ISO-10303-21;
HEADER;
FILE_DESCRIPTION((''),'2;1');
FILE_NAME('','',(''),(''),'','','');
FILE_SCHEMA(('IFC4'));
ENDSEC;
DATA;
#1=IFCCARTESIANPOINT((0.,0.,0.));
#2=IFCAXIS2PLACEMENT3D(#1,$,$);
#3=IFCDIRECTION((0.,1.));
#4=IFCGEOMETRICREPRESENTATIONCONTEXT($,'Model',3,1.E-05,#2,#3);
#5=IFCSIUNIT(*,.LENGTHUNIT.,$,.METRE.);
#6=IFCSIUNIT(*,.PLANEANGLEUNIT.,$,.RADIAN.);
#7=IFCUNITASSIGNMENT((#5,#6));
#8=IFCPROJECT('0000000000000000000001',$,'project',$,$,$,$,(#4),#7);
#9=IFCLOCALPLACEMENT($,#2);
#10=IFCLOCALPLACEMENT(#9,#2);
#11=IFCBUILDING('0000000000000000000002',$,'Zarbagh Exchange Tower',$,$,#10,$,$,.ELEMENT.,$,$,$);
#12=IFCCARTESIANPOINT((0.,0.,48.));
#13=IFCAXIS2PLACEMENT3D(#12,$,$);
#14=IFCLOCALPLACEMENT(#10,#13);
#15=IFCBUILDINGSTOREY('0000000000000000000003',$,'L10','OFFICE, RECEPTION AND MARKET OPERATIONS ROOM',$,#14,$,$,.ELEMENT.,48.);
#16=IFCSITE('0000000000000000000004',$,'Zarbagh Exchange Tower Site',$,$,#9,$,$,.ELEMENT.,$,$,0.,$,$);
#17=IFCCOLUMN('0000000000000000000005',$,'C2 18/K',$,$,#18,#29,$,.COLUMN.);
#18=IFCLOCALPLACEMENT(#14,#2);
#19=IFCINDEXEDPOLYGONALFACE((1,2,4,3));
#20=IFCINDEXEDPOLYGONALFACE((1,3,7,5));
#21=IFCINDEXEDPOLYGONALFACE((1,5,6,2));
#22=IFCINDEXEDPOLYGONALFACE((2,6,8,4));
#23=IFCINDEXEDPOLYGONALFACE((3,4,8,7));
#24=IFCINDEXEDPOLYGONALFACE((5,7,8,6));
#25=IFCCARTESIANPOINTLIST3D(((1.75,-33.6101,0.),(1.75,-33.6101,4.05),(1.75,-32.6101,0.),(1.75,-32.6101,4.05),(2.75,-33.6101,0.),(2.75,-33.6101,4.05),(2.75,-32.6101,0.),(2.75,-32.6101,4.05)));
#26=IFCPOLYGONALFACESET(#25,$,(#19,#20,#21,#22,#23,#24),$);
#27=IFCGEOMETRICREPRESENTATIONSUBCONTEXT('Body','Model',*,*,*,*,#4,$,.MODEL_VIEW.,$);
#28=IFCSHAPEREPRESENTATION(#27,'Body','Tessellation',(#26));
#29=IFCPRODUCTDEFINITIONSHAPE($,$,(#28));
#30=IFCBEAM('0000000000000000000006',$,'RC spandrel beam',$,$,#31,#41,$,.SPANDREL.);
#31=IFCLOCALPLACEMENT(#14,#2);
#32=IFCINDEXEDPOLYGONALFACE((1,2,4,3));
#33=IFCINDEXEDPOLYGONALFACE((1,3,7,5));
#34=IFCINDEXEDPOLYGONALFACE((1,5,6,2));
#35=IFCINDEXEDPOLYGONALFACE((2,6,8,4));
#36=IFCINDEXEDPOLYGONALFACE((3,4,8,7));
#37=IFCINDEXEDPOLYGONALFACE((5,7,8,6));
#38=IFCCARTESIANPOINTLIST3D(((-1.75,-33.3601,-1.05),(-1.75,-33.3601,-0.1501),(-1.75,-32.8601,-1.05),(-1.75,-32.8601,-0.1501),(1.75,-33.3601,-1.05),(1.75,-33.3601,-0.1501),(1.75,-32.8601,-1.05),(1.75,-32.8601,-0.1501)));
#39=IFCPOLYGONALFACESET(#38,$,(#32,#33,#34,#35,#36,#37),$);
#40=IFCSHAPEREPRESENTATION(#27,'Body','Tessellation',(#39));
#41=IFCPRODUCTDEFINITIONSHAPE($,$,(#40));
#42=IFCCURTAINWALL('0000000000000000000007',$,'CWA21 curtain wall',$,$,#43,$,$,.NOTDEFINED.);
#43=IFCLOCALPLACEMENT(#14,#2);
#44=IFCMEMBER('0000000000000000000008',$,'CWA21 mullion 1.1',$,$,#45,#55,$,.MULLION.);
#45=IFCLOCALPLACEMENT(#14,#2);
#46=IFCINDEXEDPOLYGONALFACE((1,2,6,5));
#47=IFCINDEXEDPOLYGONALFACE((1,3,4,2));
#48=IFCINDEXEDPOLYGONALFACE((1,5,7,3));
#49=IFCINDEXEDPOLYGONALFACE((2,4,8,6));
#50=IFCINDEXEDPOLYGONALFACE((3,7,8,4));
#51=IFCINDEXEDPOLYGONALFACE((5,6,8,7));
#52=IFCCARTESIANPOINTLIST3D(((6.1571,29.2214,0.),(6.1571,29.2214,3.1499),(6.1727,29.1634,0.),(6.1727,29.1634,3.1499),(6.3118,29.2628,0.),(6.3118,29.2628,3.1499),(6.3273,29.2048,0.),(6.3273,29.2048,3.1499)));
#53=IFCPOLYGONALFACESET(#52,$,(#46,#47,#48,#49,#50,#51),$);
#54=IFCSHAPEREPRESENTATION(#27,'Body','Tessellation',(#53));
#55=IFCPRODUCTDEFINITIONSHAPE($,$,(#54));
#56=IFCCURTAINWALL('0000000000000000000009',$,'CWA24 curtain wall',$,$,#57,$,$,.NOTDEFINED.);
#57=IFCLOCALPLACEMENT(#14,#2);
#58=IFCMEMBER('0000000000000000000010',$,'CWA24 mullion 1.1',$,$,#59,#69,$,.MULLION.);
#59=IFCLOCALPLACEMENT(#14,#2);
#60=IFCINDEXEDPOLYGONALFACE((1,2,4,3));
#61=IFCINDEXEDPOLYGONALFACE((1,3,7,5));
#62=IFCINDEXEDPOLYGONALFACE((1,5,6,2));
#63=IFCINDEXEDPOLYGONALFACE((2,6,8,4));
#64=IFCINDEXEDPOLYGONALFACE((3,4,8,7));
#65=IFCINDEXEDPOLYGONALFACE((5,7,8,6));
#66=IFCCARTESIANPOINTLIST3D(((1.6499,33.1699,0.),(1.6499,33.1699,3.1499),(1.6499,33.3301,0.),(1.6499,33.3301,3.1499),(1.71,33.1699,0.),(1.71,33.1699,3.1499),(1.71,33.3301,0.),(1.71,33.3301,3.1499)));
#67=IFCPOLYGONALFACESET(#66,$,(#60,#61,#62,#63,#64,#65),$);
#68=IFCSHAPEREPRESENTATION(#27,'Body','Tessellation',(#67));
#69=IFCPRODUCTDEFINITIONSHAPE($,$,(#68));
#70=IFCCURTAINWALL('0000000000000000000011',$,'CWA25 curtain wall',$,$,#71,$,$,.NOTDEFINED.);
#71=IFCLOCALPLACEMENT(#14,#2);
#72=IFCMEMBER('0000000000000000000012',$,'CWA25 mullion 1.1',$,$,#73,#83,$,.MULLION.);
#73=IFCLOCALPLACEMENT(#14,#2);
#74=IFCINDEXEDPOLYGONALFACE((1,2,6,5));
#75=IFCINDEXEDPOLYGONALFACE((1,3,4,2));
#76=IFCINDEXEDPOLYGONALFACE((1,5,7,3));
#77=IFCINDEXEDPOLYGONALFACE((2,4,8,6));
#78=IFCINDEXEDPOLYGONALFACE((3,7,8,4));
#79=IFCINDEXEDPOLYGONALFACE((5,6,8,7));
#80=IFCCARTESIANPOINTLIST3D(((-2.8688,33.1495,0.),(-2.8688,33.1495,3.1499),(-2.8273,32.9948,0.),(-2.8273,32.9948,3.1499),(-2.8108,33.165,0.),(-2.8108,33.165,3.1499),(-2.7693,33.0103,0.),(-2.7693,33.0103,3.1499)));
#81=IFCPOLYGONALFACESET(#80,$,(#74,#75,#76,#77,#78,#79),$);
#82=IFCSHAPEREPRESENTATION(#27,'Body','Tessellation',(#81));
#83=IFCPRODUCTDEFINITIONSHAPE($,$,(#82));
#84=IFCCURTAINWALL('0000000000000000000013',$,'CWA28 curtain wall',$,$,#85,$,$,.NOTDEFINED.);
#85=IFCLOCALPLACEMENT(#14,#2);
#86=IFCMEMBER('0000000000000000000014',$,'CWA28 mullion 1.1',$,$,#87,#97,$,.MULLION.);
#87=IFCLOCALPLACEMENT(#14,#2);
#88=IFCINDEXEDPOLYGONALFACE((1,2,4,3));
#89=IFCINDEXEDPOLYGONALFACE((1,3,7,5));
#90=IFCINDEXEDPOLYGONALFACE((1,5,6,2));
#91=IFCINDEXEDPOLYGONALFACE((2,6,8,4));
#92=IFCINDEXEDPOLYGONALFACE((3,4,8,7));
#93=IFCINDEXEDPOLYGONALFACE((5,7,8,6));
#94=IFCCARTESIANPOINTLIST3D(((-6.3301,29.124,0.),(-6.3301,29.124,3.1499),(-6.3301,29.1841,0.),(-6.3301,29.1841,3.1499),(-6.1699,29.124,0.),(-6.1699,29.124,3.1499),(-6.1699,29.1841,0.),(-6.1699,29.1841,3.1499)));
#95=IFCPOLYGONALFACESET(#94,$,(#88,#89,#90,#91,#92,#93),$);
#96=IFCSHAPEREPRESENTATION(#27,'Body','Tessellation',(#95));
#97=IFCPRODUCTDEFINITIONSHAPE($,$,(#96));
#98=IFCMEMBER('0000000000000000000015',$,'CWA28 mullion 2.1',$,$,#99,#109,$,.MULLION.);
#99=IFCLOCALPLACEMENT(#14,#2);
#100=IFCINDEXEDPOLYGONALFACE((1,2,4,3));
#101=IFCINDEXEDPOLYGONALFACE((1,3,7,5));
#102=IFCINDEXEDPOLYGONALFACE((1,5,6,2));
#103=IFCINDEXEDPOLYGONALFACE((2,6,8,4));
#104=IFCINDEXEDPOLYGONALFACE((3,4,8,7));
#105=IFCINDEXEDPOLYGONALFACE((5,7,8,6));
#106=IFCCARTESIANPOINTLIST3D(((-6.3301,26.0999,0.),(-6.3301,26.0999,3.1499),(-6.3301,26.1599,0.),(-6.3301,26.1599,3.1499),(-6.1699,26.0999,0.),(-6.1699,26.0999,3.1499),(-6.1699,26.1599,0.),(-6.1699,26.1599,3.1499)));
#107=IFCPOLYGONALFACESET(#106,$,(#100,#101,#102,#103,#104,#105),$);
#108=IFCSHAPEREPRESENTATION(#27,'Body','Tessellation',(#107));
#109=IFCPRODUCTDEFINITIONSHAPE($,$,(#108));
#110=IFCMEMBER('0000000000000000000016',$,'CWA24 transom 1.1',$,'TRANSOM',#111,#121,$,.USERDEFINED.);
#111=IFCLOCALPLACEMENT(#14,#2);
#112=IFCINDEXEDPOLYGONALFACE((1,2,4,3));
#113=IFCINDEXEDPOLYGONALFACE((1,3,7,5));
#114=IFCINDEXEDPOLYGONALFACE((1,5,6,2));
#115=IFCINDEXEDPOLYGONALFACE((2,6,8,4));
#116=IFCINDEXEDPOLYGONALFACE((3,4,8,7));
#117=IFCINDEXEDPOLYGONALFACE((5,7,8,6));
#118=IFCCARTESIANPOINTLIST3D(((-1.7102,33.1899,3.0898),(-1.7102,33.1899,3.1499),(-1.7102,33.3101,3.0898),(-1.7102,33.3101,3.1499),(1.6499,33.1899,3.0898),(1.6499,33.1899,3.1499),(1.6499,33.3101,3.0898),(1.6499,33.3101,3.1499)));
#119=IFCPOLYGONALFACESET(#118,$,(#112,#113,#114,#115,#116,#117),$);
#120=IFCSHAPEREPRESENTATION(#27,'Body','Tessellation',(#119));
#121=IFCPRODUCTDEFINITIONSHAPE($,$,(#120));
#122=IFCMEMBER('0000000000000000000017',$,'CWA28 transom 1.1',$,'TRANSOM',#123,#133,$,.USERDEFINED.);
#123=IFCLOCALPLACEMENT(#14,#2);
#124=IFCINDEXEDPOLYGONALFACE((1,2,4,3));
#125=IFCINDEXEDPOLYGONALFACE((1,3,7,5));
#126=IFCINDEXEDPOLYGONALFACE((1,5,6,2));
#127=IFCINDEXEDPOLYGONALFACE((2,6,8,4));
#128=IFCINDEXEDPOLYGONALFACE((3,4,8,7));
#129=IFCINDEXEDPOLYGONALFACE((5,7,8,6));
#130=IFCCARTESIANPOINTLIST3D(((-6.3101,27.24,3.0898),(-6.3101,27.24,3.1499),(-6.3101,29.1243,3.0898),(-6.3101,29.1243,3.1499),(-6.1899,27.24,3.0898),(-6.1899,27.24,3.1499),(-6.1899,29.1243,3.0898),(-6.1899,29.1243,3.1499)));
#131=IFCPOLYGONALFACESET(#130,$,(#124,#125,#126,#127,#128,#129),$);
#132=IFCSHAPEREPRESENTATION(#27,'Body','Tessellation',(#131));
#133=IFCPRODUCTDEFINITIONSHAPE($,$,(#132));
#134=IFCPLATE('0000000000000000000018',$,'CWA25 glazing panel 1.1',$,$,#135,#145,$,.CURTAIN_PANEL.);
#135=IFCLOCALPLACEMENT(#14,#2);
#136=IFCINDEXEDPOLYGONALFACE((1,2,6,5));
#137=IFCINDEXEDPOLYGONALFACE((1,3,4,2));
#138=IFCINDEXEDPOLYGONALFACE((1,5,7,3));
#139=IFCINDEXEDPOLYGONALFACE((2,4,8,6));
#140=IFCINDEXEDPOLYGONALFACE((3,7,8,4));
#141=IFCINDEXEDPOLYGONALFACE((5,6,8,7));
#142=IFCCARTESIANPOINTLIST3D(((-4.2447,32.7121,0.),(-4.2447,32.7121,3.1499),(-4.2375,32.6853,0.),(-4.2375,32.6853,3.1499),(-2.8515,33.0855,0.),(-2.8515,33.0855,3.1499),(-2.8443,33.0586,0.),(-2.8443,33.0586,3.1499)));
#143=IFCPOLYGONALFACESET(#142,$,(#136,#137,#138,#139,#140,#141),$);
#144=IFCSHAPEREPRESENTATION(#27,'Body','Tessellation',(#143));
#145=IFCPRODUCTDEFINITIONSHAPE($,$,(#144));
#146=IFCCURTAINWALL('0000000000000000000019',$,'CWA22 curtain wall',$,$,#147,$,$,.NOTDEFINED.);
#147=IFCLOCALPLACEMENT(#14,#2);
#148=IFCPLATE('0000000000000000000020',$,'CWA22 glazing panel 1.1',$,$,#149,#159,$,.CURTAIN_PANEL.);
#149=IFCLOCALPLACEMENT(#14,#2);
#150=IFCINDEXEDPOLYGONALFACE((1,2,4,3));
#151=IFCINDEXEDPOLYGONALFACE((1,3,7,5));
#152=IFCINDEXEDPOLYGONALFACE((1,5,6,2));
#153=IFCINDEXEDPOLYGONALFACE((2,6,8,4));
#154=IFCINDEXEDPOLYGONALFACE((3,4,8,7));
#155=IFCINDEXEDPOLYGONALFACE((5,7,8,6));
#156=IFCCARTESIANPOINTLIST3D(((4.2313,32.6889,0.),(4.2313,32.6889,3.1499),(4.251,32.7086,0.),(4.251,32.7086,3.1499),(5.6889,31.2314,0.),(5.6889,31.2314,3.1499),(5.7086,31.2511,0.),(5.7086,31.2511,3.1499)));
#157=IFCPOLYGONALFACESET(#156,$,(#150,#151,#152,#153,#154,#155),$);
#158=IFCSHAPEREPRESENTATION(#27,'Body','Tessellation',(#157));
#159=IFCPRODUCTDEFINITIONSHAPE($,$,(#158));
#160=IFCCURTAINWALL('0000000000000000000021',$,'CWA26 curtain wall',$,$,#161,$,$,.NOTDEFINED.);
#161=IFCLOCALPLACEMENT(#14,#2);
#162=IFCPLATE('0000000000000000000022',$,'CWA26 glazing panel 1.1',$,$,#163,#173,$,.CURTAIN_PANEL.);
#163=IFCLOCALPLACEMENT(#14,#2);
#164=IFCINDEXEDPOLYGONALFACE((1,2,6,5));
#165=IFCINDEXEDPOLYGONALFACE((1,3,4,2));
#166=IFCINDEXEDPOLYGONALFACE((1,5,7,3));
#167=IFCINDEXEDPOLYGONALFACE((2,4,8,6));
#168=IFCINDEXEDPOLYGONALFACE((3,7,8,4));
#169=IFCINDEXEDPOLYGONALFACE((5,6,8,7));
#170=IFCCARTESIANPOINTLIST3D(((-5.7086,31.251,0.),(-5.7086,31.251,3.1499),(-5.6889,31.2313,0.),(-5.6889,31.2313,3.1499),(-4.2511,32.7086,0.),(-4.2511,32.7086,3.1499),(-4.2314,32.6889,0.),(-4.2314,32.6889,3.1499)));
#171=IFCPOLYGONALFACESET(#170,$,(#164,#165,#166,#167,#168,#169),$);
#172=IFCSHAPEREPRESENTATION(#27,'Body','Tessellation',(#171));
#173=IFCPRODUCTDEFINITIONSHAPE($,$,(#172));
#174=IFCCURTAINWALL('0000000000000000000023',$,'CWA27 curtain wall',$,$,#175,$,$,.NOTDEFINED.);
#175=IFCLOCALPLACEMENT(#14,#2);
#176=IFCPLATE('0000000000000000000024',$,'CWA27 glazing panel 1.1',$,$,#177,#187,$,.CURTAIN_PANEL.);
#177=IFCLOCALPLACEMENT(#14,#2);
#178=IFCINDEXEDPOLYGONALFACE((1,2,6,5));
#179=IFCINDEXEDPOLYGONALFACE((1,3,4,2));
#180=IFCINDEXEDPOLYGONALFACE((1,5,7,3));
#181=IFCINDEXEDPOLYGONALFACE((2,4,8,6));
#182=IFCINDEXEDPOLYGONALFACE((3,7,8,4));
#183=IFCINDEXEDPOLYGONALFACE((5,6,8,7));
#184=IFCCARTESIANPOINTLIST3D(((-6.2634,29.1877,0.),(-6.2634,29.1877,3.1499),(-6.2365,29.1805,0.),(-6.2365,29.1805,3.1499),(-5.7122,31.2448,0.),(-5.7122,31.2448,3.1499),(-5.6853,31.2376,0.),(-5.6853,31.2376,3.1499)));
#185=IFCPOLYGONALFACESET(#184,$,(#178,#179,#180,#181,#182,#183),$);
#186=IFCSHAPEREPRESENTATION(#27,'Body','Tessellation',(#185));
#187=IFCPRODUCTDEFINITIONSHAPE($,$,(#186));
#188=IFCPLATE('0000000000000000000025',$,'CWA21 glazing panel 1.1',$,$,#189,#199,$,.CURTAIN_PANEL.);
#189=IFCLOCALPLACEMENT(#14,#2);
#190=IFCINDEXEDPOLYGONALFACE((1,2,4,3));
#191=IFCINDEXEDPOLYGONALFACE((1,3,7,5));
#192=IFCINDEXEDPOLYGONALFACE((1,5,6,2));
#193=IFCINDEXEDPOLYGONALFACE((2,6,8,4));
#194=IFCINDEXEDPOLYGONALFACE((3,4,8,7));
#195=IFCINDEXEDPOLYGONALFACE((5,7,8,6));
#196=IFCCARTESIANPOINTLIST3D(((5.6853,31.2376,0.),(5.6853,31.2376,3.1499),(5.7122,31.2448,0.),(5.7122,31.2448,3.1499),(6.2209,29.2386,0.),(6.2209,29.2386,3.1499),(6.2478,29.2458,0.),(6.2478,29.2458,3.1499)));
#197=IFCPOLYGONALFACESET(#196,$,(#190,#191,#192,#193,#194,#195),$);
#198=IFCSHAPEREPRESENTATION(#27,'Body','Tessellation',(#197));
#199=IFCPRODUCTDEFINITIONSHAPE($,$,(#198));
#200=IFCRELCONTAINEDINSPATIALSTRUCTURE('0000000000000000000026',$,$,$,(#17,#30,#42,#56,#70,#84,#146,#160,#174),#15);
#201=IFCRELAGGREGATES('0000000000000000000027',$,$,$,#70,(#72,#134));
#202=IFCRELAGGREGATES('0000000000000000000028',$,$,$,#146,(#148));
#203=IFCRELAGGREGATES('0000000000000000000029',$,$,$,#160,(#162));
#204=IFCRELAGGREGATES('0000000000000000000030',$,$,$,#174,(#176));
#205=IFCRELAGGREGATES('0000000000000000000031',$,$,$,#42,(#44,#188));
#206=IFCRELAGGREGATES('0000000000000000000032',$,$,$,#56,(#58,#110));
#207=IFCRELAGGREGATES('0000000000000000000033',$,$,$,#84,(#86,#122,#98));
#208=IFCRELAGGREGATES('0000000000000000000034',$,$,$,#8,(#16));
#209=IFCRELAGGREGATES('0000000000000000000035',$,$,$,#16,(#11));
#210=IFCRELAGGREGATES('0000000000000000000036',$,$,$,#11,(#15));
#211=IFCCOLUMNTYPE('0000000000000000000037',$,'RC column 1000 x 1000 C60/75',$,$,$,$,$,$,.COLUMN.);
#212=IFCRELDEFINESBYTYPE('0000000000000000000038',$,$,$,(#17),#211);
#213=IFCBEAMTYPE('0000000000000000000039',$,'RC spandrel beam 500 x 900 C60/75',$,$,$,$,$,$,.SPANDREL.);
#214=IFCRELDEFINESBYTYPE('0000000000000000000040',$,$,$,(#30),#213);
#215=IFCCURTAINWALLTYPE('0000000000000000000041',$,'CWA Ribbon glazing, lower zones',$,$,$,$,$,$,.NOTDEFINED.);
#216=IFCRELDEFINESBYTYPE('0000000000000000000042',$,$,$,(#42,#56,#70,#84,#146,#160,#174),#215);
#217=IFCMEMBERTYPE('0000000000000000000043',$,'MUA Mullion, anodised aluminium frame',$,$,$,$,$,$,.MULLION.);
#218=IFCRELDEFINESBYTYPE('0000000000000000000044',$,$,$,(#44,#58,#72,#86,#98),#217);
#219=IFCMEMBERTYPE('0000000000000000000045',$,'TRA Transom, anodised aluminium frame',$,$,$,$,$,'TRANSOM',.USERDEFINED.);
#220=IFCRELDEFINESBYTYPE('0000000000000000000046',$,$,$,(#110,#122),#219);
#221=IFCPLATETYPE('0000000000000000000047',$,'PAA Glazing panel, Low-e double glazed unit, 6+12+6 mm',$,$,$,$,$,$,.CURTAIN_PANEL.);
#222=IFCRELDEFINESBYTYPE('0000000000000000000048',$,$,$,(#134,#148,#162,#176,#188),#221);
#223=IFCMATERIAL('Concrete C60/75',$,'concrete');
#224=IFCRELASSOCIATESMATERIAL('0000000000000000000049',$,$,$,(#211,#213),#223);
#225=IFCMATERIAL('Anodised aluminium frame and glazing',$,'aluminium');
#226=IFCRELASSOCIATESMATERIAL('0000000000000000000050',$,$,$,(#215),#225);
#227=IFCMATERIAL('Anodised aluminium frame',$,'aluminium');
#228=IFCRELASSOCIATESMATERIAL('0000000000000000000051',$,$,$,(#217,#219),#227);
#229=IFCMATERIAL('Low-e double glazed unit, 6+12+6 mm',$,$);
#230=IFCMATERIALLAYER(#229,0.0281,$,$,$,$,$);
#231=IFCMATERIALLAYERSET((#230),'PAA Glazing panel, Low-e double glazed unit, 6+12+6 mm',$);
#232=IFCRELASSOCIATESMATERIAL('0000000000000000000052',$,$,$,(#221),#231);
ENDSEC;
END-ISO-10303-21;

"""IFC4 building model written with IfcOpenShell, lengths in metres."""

from ifc_helpers import new_model, si_unit, direction, frame, origin, origin_2d, place, context, subcontext, project, spatial, polyline, rectangle, outline, extrude, source, transform, mapped, material, layer, layer_set, material_profile, profile_set, type_object, element, aggregate, save


model = new_model("IFC4")

# Units and contexts
model_context = context("Model", 3, precision=1e-05, world=origin(), true_north=direction((0.0, 1.0)))
body_context = subcontext(model_context, "Body", "Model", "MODEL_VIEW")
ifc_project = project(units=[si_unit("LENGTHUNIT", "METRE"), si_unit("PLANEANGLEUNIT", "RADIAN")], contexts=[model_context])

# Site, building, storey
site_placement = place(None, origin())
site = spatial("IfcSite", under=ifc_project, at=site_placement, Name="Zarbagh Exchange Tower Site", CompositionType="ELEMENT", RefElevation=0.0)
building_placement = place(site_placement, origin())
building = spatial("IfcBuilding", under=site, at=building_placement, Name="Zarbagh Exchange Tower", CompositionType="ELEMENT")
storey_placement = place(building_placement, frame((0.0, 0.0, 48.0)))
storey = spatial("IfcBuildingStorey", under=building, at=storey_placement, Name="L10", Description="OFFICE, RECEPTION AND MARKET OPERATIONS ROOM", CompositionType="ELEMENT", Elevation=48.0)

# Column
ifc_material_1 = material(Name="Concrete C60/75", Category="concrete")
ifc_material_profile_1 = material_profile(ifc_material_1, rectangle(XDim=1.0, YDim=1.0, at=origin_2d()), Name="RC column 1000 x 1000 C60/75")
ifc_profile_set_1 = profile_set([ifc_material_profile_1], Name="Concrete C60/75")
column_type = type_object("IfcColumnType", Name="RC column 1000 x 1000 C60/75", PredefinedType="COLUMN", material=ifc_profile_set_1)
column_placement = place(storey_placement, frame((2.25, -33.1101, 0.0), z_axis=(0.0, 0.0, 1.0), x_axis=(1.0, 0.0, 0.0)))
element("IfcColumn", 1, at=column_placement, inside=storey, type_object=column_type, Name="C2 18/K", PredefinedType="COLUMN", context=body_context, shape_type="SweptSolid", body=[
    extrude(rectangle(XDim=1.0, YDim=1.0, at=origin_2d()), origin(), (0.0, 0.0, 1.0), 4.05),
])

# Beam
ifc_material_profile_2 = material_profile(ifc_material_1, rectangle(XDim=0.5, YDim=0.8999, at=origin_2d()), Name="RC spandrel beam 500 x 900 C60/75")
ifc_profile_set_2 = profile_set([ifc_material_profile_2], Name="Concrete C60/75")
beam_type = type_object("IfcBeamType", Name="RC spandrel beam 500 x 900 C60/75", PredefinedType="SPANDREL", material=ifc_profile_set_2)
beam_placement = place(storey_placement, frame((1.75, -33.1101, -0.6001), z_axis=(-1.0, 0.0, 0.0), x_axis=(0.0, -1.0, 0.0)))
element("IfcBeam", 2, at=beam_placement, inside=storey, type_object=beam_type, Name="RC spandrel beam", PredefinedType="SPANDREL", context=body_context, shape_type="SweptSolid", body=[
    extrude(rectangle(XDim=0.5, YDim=0.8999, at=origin_2d()), origin(), (0.0, 0.0, 1.0), 3.5),
])

# Curtain walls, members
ifc_material_2 = material(Name="Anodised aluminium frame and glazing", Category="aluminium")
curtain_wall_type = type_object("IfcCurtainWallType", Name="CWA Ribbon glazing, lower zones", PredefinedType="NOTDEFINED", material=ifc_material_2)
curtain_wall_1_placement = place(storey_placement, origin())
curtain_wall_1 = element("IfcCurtainWall", 3, at=curtain_wall_1_placement, inside=storey, type_object=curtain_wall_type, Name="CWA21 curtain wall", PredefinedType="NOTDEFINED")
ifc_material_3 = material(Name="Anodised aluminium frame", Category="aluminium")
member_type_1 = type_object("IfcMemberType", Name="MUA Mullion, anodised aluminium frame", PredefinedType="MULLION", material=ifc_material_3)
shared_shape_1 = source(origin(), body_context, "Body", "SweptSolid", [
    extrude(outline(polyline([(0.0, -0.0801), (0.0601, -0.0801), (0.0601, 0.0801), (0.0, 0.0801), (0.0, -0.0801)])), origin(), (0.0, 0.0, 1.0), 3.1499),
])
placement = place(storey_placement, origin())
member_1 = element("IfcMember", 4, at=placement, type_object=member_type_1, Name="CWA21 mullion 1.1", PredefinedType="MULLION", context=body_context, shape_type="MappedRepresentation", body=[
    mapped(shared_shape_1, transform((6.25, 29.1841, 0.0), x_axis=(-0.258825, 0.965924, 0.0), y_axis=(-0.965924, -0.258825, 0.0), z_axis=(0.0, 0.0, 1.0))),
])
curtain_wall_2_placement = place(storey_placement, origin())
curtain_wall_2 = element("IfcCurtainWall", 5, at=curtain_wall_2_placement, inside=storey, type_object=curtain_wall_type, Name="CWA24 curtain wall", PredefinedType="NOTDEFINED")
member_2 = element("IfcMember", 6, at=placement, type_object=member_type_1, Name="CWA24 mullion 1.1", PredefinedType="MULLION", context=body_context, shape_type="MappedRepresentation", body=[
    mapped(shared_shape_1, transform((1.71, 33.25, 0.0), x_axis=(-1.0, 0.0, 0.0), y_axis=(0.0, -1.0, 0.0), z_axis=(0.0, 0.0, 1.0))),
])
curtain_wall_3_placement = place(storey_placement, origin())
curtain_wall_3 = element("IfcCurtainWall", 7, at=curtain_wall_3_placement, inside=storey, type_object=curtain_wall_type, Name="CWA25 curtain wall", PredefinedType="NOTDEFINED")
member_3 = element("IfcMember", 8, at=placement, type_object=member_type_1, Name="CWA25 mullion 1.1", PredefinedType="MULLION", context=body_context, shape_type="MappedRepresentation", body=[
    mapped(shared_shape_1, transform((-2.79, 33.0876, 0.0), x_axis=(-0.965924, -0.258825, 0.0), y_axis=(0.258825, -0.965924, 0.0), z_axis=(0.0, 0.0, 1.0))),
])

# Curtain wall, members
curtain_wall_4_placement = place(storey_placement, origin())
curtain_wall_4 = element("IfcCurtainWall", 9, at=curtain_wall_4_placement, inside=storey, type_object=curtain_wall_type, Name="CWA28 curtain wall", PredefinedType="NOTDEFINED")
member_4 = element("IfcMember", 10, at=placement, type_object=member_type_1, Name="CWA28 mullion 1.1", PredefinedType="MULLION", context=body_context, shape_type="MappedRepresentation", body=[
    mapped(shared_shape_1, transform((-6.25, 29.1841, 0.0), x_axis=(0.0, -1.0, 0.0), y_axis=(1.0, 0.0, 0.0), z_axis=(0.0, 0.0, 1.0))),
])
member_5 = element("IfcMember", 11, at=placement, type_object=member_type_1, Name="CWA28 mullion 2.1", PredefinedType="MULLION", context=body_context, shape_type="MappedRepresentation", body=[
    mapped(shared_shape_1, transform((-6.25, 26.1599, 0.0), x_axis=(0.0, -1.0, 0.0), y_axis=(1.0, 0.0, 0.0), z_axis=(0.0, 0.0, 1.0))),
])

# Members
member_type_2 = type_object("IfcMemberType", Name="TRA Transom, anodised aluminium frame", ElementType="TRANSOM", PredefinedType="USERDEFINED", material=ifc_material_3)
shared_shape_2 = source(origin(), body_context, "Body", "SweptSolid", [
    extrude(outline(polyline([(-0.0601, -0.0601), (0.0, -0.0601), (0.0, 0.0601), (-0.0601, 0.0601), (-0.0601, -0.0601)])), origin(), (0.0, 0.0, 1.0), 3.3601),
])
member_6 = element("IfcMember", 12, at=placement, type_object=member_type_2, Name="CWA24 transom 1.1", ObjectType="TRANSOM", PredefinedType="USERDEFINED", context=body_context, shape_type="MappedRepresentation", body=[
    mapped(shared_shape_2, transform((1.6499, 33.25, 3.1499), x_axis=(0.0, 0.0, 1.0), y_axis=(0.0, 1.0, 0.0), z_axis=(-1.0, 0.0, 0.0))),
])
shared_shape_3 = source(origin(), body_context, "Body", "SweptSolid", [
    extrude(outline(polyline([(-0.0601, -0.0601), (0.0, -0.0601), (0.0, 0.0601), (-0.0601, 0.0601), (-0.0601, -0.0601)])), origin(), (0.0, 0.0, 1.0), 1.8843),
])
member_7 = element("IfcMember", 13, at=placement, type_object=member_type_2, Name="CWA28 transom 1.1", ObjectType="TRANSOM", PredefinedType="USERDEFINED", context=body_context, shape_type="MappedRepresentation", body=[
    mapped(shared_shape_3, transform((-6.25, 29.1243, 3.1499), x_axis=(0.0, 0.0, 1.0), y_axis=(-1.0, 0.0, 0.0), z_axis=(0.0, -1.0, 0.0))),
])

# Plate
ifc_material_4 = material(Name="Low-e double glazed unit, 6+12+6 mm")
ifc_layer_1 = layer(ifc_material_4, 0.0281)
ifc_layer_set_1 = layer_set([ifc_layer_1], Name="PAA Glazing panel, Low-e double glazed unit, 6+12+6 mm")
plate_type = type_object("IfcPlateType", Name="PAA Glazing panel, Low-e double glazed unit, 6+12+6 mm", PredefinedType="CURTAIN_PANEL", material=ifc_layer_set_1)
shared_shape_4 = source(origin(), body_context, "Body", "SweptSolid", [
    extrude(outline(polyline([(0.0, -0.0139), (1.4424, -0.0139), (1.4424, 0.0139), (0.0, 0.0139), (0.0, -0.0139)])), origin(), (0.0, 0.0, 1.0), 3.1499),
])
plate_1 = element("IfcPlate", 14, at=placement, type_object=plate_type, Name="CWA25 glazing panel 1.1", PredefinedType="CURTAIN_PANEL", context=body_context, shape_type="MappedRepresentation", body=[
    mapped(shared_shape_4, transform((-2.8479, 33.072, 0.0), x_axis=(-0.965924, -0.258825, 0.0), y_axis=(0.258825, -0.965924, 0.0), z_axis=(0.0, 0.0, 1.0))),
])
aggregate(curtain_wall_3, [member_3, plate_1])

# Curtain walls, plates
curtain_wall_5_placement = place(storey_placement, origin())
curtain_wall_5 = element("IfcCurtainWall", 15, at=curtain_wall_5_placement, inside=storey, type_object=curtain_wall_type, Name="CWA22 curtain wall", PredefinedType="NOTDEFINED")
shared_shape_5 = source(origin(), body_context, "Body", "SweptSolid", [
    extrude(outline(polyline([(0.0, -0.0139), (2.0613, -0.0139), (2.0613, 0.0139), (0.0, 0.0139), (0.0, -0.0139)])), origin(), (0.0, 0.0, 1.0), 3.1499),
])
plate_2 = element("IfcPlate", 16, at=placement, type_object=plate_type, Name="CWA22 glazing panel 1.1", PredefinedType="CURTAIN_PANEL", context=body_context, shape_type="MappedRepresentation", body=[
    mapped(shared_shape_5, transform((5.6987, 31.2412, 0.0), x_axis=(-0.707107, 0.707107, 0.0), y_axis=(-0.707107, -0.707107, 0.0), z_axis=(0.0, 0.0, 1.0))),
])
aggregate(curtain_wall_5, [plate_2])
curtain_wall_6_placement = place(storey_placement, origin())
curtain_wall_6 = element("IfcCurtainWall", 17, at=curtain_wall_6_placement, inside=storey, type_object=curtain_wall_type, Name="CWA26 curtain wall", PredefinedType="NOTDEFINED")
plate_3 = element("IfcPlate", 18, at=placement, type_object=plate_type, Name="CWA26 glazing panel 1.1", PredefinedType="CURTAIN_PANEL", context=body_context, shape_type="MappedRepresentation", body=[
    mapped(shared_shape_5, transform((-4.2412, 32.6987, 0.0), x_axis=(-0.707107, -0.707107, 0.0), y_axis=(0.707107, -0.707107, 0.0), z_axis=(0.0, 0.0, 1.0))),
])
aggregate(curtain_wall_6, [plate_3])
curtain_wall_7_placement = place(storey_placement, origin())
curtain_wall_7 = element("IfcCurtainWall", 19, at=curtain_wall_7_placement, inside=storey, type_object=curtain_wall_type, Name="CWA27 curtain wall", PredefinedType="NOTDEFINED")
shared_shape_6 = source(origin(), body_context, "Body", "SweptSolid", [
    extrude(outline(polyline([(0.0, -0.0139), (2.1296, -0.0139), (2.1296, 0.0139), (0.0, 0.0139), (0.0, -0.0139)])), origin(), (0.0, 0.0, 1.0), 3.1499),
])
plate_4 = element("IfcPlate", 20, at=placement, type_object=plate_type, Name="CWA27 glazing panel 1.1", PredefinedType="CURTAIN_PANEL", context=body_context, shape_type="MappedRepresentation", body=[
    mapped(shared_shape_6, transform((-5.6987, 31.2412, 0.0), x_axis=(-0.258825, -0.965924, 0.0), y_axis=(0.965924, -0.258825, 0.0), z_axis=(0.0, 0.0, 1.0))),
])
aggregate(curtain_wall_7, [plate_4])

# Plate
shared_shape_7 = source(origin(), body_context, "Body", "SweptSolid", [
    extrude(outline(polyline([(0.0, -0.0139), (2.0696, -0.0139), (2.0696, 0.0139), (0.0, 0.0139), (0.0, -0.0139)])), origin(), (0.0, 0.0, 1.0), 3.1499),
])
plate_5 = element("IfcPlate", 21, at=placement, type_object=plate_type, Name="CWA21 glazing panel 1.1", PredefinedType="CURTAIN_PANEL", context=body_context, shape_type="MappedRepresentation", body=[
    mapped(shared_shape_7, transform((6.2344, 29.2422, 0.0), x_axis=(-0.258825, 0.965924, 0.0), y_axis=(-0.965924, -0.258825, 0.0), z_axis=(0.0, 0.0, 1.0))),
])
aggregate(curtain_wall_1, [member_1, plate_5])

aggregate(curtain_wall_2, [member_2, member_6])

aggregate(curtain_wall_4, [member_4, member_7, member_5])

save(model, "model.ifc")
